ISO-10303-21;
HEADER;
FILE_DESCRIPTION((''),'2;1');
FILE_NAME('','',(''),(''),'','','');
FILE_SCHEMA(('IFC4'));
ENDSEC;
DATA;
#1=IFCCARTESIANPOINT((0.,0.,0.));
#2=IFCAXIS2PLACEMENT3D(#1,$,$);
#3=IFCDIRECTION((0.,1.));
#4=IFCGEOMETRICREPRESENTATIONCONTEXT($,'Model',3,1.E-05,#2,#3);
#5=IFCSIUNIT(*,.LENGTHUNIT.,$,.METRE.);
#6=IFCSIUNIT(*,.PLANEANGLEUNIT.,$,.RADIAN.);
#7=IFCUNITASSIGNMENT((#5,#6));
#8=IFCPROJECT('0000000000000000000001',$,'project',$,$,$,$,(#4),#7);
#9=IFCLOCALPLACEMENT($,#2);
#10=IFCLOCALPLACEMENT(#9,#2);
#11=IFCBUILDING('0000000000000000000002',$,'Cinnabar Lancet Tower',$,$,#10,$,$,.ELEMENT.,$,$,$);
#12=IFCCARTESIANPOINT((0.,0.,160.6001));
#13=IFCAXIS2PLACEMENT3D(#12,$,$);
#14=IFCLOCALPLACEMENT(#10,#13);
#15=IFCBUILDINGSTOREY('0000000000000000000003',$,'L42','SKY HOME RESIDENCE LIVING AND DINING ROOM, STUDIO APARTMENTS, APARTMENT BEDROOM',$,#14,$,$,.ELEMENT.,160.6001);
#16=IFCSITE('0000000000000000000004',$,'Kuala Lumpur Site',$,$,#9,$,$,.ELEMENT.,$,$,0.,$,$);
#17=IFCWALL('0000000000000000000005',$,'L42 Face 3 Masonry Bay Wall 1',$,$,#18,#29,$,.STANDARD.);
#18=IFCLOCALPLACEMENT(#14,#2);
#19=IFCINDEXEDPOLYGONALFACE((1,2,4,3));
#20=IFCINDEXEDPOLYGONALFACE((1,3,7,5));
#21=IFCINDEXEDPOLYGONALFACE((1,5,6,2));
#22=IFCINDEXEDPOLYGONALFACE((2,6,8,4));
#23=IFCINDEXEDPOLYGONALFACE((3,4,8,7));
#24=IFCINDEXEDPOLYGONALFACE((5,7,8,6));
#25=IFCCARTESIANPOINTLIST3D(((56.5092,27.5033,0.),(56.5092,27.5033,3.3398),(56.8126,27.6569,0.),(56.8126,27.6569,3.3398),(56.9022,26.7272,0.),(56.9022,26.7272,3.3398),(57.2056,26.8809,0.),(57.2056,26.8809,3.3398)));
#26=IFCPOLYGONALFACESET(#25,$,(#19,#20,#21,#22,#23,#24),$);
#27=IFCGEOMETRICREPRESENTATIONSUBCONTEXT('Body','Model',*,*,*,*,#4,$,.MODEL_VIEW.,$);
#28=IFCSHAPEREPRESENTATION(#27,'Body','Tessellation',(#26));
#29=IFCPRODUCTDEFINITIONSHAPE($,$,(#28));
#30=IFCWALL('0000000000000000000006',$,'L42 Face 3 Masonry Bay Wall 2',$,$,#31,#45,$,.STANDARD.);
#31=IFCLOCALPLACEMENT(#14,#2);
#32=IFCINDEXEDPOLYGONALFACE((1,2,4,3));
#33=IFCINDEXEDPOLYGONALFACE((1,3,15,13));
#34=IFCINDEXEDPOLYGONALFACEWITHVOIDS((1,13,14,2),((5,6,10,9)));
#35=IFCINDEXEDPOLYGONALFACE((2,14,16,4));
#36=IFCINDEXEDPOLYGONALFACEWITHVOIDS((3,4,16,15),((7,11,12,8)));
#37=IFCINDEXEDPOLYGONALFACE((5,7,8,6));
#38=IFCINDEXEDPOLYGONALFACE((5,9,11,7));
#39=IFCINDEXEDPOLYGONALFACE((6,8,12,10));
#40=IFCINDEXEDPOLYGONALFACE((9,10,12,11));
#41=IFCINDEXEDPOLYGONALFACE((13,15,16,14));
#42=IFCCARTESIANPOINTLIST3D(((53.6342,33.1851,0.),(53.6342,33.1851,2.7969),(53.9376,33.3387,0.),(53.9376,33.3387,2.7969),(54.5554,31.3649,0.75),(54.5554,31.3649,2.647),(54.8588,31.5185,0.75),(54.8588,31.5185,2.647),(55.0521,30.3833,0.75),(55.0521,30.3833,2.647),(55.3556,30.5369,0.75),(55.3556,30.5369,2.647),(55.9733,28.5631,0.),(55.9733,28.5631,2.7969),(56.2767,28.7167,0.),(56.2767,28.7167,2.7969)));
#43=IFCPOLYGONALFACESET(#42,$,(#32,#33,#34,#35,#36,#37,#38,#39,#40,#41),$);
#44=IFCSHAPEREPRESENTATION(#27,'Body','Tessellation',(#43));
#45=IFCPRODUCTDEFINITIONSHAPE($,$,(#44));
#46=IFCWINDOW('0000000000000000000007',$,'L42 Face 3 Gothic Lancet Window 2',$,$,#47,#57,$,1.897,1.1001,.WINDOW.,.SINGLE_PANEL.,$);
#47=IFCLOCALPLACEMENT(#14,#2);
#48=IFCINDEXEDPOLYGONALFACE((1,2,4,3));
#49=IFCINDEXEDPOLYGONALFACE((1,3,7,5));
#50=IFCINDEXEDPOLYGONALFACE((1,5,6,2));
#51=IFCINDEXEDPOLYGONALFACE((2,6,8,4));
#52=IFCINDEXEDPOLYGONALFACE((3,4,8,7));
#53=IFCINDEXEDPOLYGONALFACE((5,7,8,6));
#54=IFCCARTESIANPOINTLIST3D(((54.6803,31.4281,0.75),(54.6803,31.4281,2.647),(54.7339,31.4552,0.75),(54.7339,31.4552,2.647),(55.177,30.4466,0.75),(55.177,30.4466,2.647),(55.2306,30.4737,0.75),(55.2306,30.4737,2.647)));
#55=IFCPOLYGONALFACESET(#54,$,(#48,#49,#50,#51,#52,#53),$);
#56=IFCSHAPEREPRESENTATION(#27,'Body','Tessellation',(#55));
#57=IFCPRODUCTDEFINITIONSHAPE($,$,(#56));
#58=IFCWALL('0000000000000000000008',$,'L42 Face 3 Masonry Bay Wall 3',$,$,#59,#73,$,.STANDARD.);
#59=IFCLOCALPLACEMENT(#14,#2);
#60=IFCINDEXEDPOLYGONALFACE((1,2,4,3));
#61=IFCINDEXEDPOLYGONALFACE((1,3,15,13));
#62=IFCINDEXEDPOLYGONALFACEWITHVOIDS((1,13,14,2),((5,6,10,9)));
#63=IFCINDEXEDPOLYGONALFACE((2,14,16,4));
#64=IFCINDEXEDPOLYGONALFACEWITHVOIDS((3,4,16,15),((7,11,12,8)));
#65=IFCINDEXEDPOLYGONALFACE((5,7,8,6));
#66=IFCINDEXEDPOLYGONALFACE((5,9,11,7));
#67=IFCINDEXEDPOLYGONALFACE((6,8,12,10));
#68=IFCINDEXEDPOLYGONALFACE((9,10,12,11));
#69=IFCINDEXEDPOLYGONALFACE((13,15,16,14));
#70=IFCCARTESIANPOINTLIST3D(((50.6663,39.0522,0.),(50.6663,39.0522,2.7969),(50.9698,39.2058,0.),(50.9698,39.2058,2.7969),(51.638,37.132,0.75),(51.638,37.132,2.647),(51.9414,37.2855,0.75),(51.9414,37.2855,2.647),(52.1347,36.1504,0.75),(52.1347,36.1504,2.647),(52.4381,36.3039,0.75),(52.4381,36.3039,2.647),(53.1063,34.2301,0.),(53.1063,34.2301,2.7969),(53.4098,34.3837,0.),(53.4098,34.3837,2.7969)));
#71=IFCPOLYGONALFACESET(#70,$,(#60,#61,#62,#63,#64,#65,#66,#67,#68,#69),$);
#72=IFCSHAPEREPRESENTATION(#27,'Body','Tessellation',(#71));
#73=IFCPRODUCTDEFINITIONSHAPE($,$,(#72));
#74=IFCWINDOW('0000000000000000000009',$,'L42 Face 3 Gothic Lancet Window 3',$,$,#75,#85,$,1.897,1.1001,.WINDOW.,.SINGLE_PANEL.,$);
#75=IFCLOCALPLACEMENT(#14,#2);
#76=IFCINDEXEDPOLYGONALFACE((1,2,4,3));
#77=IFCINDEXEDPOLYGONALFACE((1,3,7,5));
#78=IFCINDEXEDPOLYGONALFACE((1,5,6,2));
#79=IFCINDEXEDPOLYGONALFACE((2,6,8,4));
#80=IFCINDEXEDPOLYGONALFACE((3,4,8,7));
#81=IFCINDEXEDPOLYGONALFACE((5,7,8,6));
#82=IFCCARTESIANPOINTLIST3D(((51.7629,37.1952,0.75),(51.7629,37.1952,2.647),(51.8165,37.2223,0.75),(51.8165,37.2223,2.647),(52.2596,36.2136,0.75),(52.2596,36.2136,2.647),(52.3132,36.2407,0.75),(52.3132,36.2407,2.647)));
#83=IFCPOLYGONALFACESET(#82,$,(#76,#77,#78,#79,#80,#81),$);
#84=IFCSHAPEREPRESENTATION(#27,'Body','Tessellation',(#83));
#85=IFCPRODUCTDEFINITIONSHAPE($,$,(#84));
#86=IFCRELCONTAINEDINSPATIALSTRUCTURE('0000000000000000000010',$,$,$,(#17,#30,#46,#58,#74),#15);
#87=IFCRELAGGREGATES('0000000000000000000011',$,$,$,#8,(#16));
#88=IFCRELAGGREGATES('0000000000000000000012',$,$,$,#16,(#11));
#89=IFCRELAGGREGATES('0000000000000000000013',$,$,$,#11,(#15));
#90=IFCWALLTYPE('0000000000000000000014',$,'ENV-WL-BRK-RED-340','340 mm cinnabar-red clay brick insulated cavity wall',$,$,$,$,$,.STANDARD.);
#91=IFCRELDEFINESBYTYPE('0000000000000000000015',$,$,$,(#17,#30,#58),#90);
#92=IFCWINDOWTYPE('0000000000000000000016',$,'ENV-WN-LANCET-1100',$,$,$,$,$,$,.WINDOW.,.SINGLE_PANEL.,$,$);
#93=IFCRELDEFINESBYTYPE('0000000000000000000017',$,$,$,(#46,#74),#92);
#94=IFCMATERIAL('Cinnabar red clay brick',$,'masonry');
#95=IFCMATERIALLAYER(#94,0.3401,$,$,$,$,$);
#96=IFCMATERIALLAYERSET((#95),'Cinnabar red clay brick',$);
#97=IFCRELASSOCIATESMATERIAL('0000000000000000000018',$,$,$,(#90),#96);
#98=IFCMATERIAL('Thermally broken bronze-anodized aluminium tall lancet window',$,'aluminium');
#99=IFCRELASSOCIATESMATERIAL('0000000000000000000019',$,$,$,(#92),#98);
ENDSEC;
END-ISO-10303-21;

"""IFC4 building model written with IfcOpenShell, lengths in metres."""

from ifc_helpers import new_model, si_unit, direction, frame, frame_2d, origin, place, context, subcontext, project, spatial, rectangle, extrude, material, layer, layer_set, type_object, element, fill, save


model = new_model("IFC4")

# Units and contexts
model_context = context("Model", 3, precision=1e-05, world=origin(), true_north=direction((0.0, 1.0)))
body_context = subcontext(model_context, "Body", "Model", "MODEL_VIEW")
ifc_project = project(units=[si_unit("LENGTHUNIT", "METRE"), si_unit("PLANEANGLEUNIT", "RADIAN")], contexts=[model_context])

# Site, building, storey
site_placement = place(None, origin())
site = spatial("IfcSite", under=ifc_project, at=site_placement, Name="Kuala Lumpur Site", CompositionType="ELEMENT", RefElevation=0.0)
building_placement = place(site_placement, origin())
building = spatial("IfcBuilding", under=site, at=building_placement, Name="Cinnabar Lancet Tower", CompositionType="ELEMENT")
storey_placement = place(building_placement, frame((0.0, 0.0, 160.6001)))
storey = spatial("IfcBuildingStorey", under=building, at=storey_placement, Name="L42", Description="SKY HOME RESIDENCE LIVING AND DINING ROOM, STUDIO APARTMENTS, APARTMENT BEDROOM", CompositionType="ELEMENT", Elevation=160.6001)

# Wall
ifc_material_1 = material(Name="Cinnabar red clay brick", Category="masonry")
ifc_layer_1 = layer(ifc_material_1, 0.3401)
ifc_layer_set_1 = layer_set([ifc_layer_1], Name="Cinnabar red clay brick")
wall_type_1 = type_object("IfcWallType", Name="ENV-WL-BRK-RED-340", Description="340 mm cinnabar-red clay brick insulated cavity wall", PredefinedType="STANDARD", material=ifc_layer_set_1)
wall_1_placement = place(storey_placement, frame((57.054, 26.804, 0.0), z_axis=(0.0, 0.0, 1.0), x_axis=(-0.45181, 0.892114, 0.0)))
element("IfcWall", 1, at=wall_1_placement, inside=storey, type_object=wall_type_1, Name="L42 Face 3 Masonry Bay Wall 1", PredefinedType="STANDARD", context=body_context, shape_type="SweptSolid", body=[
    extrude(rectangle(XDim=0.8699, YDim=0.3401, at=frame_2d((0.4351, 0.0))), origin(), (0.0, 0.0, 1.0), 3.3398),
])

# Walls, openings, windows
wall_2_placement = place(storey_placement, frame((56.125, 28.6399, 0.0), z_axis=(0.0, 0.0, 1.0), x_axis=(-0.451544, 0.892249, 0.0)))
wall_2 = element("IfcWall", 2, at=wall_2_placement, inside=storey, type_object=wall_type_1, Name="L42 Face 3 Masonry Bay Wall 2", PredefinedType="STANDARD", context=body_context, shape_type="SweptSolid", body=[
    extrude(rectangle(XDim=5.1802, YDim=0.3401, at=frame_2d((2.5901, 0.0))), origin(), (0.0, 0.0, 1.0), 2.7969),
])
opening_1_placement = place(wall_2_placement, frame((2.04, 0.0, 0.75)))
opening_1 = element("IfcOpeningElement", 3, at=opening_1_placement, cuts=wall_2, PredefinedType="OPENING", context=body_context, shape_type="SweptSolid", body=[
    extrude(rectangle(XDim=1.1001, YDim=1.897, at=frame_2d((0.55, 0.9485))), frame((0.0, 0.1799, 0.0), z_axis=(0.0, -1.0, 0.0), x_axis=(1.0, 0.0, 0.0)), (0.0, 0.0, 1.0), 0.3601),
])
ifc_material_2 = material(Name="Thermally broken bronze-anodized aluminium tall lancet window", Category="aluminium")
window_type = type_object("IfcWindowType", Name="ENV-WN-LANCET-1100", PartitioningType="SINGLE_PANEL", PredefinedType="WINDOW", material=ifc_material_2)
window_1_placement = place(opening_1_placement, origin())
window_1 = element("IfcWindow", 4, at=window_1_placement, inside=storey, type_object=window_type, Name="L42 Face 3 Gothic Lancet Window 2", OverallHeight=1.897, OverallWidth=1.1001, PartitioningType="SINGLE_PANEL", PredefinedType="WINDOW", context=body_context, shape_type="SweptSolid", body=[
    extrude(rectangle(XDim=1.1001, YDim=1.897, at=frame_2d((0.55, 0.9485))), frame((0.0, 0.03, 0.0), z_axis=(0.0, -1.0, 0.0), x_axis=(1.0, 0.0, 0.0)), (0.0, 0.0, 1.0), 0.0601),
])
fill(opening_1, window_1)
wall_3_placement = place(storey_placement, frame((53.2581, 34.3069, 0.0), z_axis=(0.0, 0.0, 1.0), x_axis=(-0.451491, 0.892276, 0.0)))
wall_3 = element("IfcWall", 5, at=wall_3_placement, inside=storey, type_object=wall_type_1, Name="L42 Face 3 Masonry Bay Wall 3", PredefinedType="STANDARD", context=body_context, shape_type="SweptSolid", body=[
    extrude(rectangle(XDim=5.4043, YDim=0.3401, at=frame_2d((2.7021, 0.0))), origin(), (0.0, 0.0, 1.0), 2.7969),
])
opening_2_placement = place(wall_3_placement, frame((2.1521, 0.0, 0.75)))
opening_2 = element("IfcOpeningElement", 6, at=opening_2_placement, cuts=wall_3, PredefinedType="OPENING", context=body_context, shape_type="SweptSolid", body=[
    extrude(rectangle(XDim=1.1001, YDim=1.897, at=frame_2d((0.55, 0.9485))), frame((0.0, 0.1799, 0.0), z_axis=(0.0, -1.0, 0.0), x_axis=(1.0, 0.0, 0.0)), (0.0, 0.0, 1.0), 0.3601),
])
window_2_placement = place(opening_2_placement, origin())
window_2 = element("IfcWindow", 7, at=window_2_placement, inside=storey, type_object=window_type, Name="L42 Face 3 Gothic Lancet Window 3", OverallHeight=1.897, OverallWidth=1.1001, PartitioningType="SINGLE_PANEL", PredefinedType="WINDOW", context=body_context, shape_type="SweptSolid", body=[
    extrude(rectangle(XDim=1.1001, YDim=1.897, at=frame_2d((0.55, 0.9485))), frame((0.0, 0.03, 0.0), z_axis=(0.0, -1.0, 0.0), x_axis=(1.0, 0.0, 0.0)), (0.0, 0.0, 1.0), 0.0601),
])
fill(opening_2, window_2)

save(model, "model.ifc")
